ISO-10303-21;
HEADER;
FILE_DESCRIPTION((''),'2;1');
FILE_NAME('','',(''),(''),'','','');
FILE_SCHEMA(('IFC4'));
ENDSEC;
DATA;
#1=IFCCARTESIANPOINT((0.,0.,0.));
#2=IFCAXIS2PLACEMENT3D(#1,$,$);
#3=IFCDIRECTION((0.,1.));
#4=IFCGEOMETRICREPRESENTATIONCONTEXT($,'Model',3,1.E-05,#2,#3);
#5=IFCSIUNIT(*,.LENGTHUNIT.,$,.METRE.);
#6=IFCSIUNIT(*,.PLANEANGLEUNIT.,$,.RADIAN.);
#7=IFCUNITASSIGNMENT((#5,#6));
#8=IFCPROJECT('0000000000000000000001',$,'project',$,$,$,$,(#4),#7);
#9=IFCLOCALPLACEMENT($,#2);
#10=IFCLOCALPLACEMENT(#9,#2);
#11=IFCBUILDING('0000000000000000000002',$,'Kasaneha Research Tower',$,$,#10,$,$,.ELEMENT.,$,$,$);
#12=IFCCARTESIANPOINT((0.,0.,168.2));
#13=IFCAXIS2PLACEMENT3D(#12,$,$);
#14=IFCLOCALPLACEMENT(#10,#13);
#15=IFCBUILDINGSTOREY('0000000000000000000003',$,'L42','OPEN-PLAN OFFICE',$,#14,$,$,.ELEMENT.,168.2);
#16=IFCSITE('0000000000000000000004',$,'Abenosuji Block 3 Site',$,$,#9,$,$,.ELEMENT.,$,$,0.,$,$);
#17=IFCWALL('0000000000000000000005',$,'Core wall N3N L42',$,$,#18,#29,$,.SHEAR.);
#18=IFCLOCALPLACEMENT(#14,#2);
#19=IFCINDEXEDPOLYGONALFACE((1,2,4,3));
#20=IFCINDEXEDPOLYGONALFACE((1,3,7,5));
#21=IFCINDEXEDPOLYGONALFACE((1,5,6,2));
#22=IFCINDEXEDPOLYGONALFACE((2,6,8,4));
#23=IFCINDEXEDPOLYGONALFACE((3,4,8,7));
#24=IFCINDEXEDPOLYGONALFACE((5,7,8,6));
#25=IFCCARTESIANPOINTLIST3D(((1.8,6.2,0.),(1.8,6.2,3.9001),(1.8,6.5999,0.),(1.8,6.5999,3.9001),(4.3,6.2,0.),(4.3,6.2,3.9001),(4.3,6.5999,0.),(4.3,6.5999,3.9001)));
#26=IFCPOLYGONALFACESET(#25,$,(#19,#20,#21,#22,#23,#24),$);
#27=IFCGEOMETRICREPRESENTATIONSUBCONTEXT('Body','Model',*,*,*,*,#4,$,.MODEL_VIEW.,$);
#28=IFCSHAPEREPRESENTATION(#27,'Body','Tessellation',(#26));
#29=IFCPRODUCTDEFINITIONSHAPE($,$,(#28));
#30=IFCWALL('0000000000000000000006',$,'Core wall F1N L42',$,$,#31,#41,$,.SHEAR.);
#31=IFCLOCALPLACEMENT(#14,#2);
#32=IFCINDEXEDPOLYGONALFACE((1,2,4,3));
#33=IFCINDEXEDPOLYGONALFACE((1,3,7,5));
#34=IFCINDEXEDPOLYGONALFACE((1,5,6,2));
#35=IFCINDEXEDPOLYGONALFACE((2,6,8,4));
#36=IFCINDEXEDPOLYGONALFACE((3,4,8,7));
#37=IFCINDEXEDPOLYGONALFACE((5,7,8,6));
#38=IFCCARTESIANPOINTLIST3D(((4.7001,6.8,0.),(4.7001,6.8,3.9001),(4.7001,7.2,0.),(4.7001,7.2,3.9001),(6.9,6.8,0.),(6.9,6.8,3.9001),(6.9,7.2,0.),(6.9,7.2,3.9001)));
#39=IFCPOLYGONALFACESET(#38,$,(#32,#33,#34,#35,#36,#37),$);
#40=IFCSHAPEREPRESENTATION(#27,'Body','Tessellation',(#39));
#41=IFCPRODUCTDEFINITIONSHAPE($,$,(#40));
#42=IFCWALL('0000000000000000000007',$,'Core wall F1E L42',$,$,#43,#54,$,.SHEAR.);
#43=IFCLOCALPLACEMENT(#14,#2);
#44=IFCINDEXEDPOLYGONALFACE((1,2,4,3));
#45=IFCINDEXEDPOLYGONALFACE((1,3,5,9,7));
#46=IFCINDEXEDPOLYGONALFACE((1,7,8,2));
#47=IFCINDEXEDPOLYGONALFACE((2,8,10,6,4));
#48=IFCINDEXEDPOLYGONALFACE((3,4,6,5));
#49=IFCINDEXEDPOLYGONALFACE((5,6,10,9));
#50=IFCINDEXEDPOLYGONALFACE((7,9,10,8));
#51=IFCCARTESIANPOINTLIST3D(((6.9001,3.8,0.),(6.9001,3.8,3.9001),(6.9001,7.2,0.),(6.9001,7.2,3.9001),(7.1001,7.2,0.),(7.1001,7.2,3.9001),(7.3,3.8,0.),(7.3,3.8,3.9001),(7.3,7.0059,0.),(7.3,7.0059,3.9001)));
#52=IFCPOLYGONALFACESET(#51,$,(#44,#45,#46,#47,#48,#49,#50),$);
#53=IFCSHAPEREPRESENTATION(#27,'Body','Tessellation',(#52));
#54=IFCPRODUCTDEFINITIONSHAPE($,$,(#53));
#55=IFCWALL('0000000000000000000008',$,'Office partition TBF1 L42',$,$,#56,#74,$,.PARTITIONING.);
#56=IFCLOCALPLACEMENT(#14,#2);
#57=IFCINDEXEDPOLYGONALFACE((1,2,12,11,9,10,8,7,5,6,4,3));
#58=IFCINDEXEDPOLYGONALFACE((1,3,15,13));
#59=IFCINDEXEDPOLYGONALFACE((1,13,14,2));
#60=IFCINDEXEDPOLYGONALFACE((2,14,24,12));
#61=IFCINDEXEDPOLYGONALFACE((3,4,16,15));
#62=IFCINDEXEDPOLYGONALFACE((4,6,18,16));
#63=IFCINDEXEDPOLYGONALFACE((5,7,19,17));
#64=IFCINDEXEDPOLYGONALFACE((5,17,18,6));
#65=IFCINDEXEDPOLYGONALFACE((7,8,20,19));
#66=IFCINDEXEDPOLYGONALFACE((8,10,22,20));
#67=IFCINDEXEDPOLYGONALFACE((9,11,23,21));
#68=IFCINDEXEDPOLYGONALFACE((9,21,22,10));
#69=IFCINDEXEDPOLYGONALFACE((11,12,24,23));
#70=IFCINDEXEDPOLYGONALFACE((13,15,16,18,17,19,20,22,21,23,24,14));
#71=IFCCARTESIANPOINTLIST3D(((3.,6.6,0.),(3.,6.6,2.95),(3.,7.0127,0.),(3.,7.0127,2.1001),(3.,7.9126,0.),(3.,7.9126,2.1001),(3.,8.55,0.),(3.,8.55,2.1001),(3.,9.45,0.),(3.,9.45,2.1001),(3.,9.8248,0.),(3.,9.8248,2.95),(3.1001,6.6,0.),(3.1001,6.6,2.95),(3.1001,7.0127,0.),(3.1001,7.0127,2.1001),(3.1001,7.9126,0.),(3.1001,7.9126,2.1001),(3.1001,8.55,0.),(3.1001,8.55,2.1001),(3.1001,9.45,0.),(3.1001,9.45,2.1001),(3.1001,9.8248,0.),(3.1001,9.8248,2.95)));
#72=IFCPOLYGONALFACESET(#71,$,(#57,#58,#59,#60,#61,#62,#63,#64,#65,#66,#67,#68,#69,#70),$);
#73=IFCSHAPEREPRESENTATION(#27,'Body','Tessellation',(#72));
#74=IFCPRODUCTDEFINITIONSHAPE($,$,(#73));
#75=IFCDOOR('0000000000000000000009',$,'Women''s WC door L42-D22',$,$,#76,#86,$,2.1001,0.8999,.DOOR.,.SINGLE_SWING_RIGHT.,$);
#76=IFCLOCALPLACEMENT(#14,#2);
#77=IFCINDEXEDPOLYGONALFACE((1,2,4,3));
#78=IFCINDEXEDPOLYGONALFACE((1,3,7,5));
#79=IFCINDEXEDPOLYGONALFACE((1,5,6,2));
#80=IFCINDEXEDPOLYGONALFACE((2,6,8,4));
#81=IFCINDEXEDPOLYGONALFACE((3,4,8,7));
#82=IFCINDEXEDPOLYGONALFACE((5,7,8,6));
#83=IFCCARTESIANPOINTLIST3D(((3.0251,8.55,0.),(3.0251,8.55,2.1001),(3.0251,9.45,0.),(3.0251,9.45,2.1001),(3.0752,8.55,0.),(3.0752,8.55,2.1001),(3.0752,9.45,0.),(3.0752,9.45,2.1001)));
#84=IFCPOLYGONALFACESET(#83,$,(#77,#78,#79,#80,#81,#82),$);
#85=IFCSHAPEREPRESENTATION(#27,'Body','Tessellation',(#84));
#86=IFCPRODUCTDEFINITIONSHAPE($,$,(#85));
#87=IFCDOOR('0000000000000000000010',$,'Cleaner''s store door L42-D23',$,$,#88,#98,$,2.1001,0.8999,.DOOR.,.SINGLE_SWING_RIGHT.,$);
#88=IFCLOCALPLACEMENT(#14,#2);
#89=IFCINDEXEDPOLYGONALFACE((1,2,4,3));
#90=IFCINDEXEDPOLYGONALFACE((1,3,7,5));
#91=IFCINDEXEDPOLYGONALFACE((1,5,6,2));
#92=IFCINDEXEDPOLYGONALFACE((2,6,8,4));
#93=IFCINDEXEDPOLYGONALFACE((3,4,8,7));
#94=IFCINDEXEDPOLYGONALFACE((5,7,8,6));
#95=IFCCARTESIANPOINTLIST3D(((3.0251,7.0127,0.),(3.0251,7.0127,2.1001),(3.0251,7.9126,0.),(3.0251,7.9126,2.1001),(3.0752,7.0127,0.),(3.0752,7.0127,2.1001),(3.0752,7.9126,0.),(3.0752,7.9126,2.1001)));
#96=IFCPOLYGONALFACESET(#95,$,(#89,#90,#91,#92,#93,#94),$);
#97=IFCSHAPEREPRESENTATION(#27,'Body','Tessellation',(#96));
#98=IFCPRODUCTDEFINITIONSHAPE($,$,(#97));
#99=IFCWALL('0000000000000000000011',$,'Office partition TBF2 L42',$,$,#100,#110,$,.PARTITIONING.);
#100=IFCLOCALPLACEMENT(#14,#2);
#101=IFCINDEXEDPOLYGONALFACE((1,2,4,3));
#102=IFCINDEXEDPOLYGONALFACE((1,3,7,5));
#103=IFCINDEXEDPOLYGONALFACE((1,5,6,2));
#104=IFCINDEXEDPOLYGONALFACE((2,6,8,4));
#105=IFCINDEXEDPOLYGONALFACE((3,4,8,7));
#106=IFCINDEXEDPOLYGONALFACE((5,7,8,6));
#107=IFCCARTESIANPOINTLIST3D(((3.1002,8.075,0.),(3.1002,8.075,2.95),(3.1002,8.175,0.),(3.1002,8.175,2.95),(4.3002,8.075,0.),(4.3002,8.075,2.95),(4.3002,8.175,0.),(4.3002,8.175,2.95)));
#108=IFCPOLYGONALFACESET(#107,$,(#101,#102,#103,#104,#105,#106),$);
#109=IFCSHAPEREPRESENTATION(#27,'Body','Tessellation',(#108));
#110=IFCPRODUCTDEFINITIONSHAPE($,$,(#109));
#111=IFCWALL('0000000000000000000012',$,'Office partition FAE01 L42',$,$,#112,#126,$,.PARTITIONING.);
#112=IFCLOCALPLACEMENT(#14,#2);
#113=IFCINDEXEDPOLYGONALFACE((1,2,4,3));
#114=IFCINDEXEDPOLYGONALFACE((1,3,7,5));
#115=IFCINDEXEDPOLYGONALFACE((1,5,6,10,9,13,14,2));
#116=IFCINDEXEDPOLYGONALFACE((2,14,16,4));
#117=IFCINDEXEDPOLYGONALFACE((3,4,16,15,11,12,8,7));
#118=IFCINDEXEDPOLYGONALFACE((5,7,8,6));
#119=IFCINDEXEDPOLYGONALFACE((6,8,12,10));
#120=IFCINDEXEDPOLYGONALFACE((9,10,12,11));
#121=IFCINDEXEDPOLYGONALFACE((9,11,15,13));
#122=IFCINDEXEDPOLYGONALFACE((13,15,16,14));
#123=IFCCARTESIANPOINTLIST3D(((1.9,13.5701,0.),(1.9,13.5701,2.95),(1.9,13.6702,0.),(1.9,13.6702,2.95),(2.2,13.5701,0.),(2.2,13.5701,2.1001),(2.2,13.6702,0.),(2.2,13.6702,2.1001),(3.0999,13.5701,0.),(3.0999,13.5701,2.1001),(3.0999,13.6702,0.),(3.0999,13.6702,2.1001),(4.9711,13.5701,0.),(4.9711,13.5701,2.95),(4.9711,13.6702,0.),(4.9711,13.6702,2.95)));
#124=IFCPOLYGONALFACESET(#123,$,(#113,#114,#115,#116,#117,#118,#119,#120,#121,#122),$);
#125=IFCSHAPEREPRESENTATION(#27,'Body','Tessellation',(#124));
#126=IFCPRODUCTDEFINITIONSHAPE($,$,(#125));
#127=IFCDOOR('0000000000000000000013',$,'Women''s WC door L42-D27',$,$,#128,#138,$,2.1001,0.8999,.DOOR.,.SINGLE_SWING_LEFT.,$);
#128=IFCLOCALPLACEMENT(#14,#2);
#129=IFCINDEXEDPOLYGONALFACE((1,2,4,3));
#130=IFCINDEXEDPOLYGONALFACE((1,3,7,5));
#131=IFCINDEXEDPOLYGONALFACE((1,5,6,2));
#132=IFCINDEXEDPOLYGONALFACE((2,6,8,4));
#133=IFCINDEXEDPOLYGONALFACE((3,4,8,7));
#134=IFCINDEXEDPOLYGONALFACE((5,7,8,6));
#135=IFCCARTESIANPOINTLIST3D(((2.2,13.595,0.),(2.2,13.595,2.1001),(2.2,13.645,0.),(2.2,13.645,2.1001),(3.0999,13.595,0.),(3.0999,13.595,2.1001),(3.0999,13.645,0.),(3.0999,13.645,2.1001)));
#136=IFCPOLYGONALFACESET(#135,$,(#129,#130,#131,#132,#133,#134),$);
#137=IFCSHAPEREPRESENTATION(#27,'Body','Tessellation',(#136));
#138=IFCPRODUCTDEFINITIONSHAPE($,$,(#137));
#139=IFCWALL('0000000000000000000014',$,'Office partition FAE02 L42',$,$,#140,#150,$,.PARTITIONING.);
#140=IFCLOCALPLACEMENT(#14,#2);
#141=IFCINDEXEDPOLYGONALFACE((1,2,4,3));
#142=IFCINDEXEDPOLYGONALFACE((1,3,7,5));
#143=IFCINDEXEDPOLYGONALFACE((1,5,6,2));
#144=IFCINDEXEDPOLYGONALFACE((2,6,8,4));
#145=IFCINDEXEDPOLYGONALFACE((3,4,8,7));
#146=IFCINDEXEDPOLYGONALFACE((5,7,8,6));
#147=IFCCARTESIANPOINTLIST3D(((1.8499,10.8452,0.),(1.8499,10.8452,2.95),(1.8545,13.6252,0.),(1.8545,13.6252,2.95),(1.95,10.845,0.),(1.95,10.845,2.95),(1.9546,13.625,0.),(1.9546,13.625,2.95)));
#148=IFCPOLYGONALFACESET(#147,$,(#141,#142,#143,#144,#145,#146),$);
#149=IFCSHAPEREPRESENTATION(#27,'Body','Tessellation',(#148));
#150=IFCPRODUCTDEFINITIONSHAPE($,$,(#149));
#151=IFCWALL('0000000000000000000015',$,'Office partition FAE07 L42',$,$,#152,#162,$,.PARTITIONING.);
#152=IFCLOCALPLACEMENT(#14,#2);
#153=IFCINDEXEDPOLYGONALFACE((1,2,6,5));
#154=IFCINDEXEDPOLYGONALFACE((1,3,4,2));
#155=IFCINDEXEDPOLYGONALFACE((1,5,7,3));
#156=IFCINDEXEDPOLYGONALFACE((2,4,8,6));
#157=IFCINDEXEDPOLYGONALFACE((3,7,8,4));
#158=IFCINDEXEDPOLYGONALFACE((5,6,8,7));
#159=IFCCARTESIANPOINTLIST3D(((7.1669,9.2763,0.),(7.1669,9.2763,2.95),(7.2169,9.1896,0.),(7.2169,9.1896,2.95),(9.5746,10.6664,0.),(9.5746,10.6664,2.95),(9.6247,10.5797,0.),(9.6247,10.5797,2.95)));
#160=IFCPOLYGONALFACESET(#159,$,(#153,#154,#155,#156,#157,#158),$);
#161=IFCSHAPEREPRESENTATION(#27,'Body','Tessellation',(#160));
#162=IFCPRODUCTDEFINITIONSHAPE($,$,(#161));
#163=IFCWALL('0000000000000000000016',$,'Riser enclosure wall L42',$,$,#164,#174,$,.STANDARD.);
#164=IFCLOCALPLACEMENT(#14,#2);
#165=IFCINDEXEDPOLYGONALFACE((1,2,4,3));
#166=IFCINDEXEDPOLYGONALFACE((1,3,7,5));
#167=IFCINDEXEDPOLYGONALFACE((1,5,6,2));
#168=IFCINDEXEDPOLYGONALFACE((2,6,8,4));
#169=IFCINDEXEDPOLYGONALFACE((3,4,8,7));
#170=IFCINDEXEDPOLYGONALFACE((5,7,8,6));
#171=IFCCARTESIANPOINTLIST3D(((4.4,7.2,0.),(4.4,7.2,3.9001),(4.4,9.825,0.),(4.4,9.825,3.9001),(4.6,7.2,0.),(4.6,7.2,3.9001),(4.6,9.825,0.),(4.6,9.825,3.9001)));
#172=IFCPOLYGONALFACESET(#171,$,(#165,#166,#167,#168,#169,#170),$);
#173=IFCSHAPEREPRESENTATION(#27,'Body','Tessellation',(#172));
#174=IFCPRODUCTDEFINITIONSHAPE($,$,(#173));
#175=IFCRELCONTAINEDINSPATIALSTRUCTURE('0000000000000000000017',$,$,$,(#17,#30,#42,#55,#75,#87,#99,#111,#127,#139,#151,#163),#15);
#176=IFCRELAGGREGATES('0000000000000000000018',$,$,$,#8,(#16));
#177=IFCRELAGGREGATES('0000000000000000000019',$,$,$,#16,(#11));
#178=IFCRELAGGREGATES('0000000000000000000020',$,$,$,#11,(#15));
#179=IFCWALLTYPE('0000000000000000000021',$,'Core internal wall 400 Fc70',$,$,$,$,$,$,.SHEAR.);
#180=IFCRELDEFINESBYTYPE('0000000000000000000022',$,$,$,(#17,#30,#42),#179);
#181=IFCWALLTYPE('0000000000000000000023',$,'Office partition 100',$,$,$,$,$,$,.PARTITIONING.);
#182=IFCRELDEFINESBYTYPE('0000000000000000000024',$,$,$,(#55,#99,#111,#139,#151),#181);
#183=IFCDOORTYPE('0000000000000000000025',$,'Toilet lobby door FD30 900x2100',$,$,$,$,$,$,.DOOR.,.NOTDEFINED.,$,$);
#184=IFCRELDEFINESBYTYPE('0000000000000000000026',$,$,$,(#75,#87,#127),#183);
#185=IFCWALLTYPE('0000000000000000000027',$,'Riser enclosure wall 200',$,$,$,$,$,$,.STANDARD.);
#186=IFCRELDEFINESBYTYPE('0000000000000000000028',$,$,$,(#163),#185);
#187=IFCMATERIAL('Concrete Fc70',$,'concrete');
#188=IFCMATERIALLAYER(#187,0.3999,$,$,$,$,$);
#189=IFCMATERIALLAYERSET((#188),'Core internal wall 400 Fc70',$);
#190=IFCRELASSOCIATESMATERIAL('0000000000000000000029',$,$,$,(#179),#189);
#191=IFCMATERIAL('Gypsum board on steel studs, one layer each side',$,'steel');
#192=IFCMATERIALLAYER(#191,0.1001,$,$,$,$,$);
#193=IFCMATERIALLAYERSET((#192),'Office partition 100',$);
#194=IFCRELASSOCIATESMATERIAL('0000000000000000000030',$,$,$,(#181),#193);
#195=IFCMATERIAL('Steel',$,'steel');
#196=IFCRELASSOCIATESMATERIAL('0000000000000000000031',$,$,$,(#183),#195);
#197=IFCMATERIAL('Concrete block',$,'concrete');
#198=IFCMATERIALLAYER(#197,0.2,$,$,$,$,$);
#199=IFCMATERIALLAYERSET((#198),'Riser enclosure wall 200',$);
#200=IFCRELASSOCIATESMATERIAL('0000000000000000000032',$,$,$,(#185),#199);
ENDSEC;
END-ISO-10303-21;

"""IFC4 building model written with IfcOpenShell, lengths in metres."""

from ifc_helpers import new_model, si_unit, direction, frame, frame_2d, origin, place, context, subcontext, project, spatial, polyline, rectangle, outline, extrude, material, layer, layer_set, type_object, element, fill, save


model = new_model("IFC4")

# Units and contexts
model_context = context("Model", 3, precision=1e-05, world=origin(), true_north=direction((0.0, 1.0)))
body_context = subcontext(model_context, "Body", "Model", "MODEL_VIEW")
ifc_project = project(units=[si_unit("LENGTHUNIT", "METRE"), si_unit("PLANEANGLEUNIT", "RADIAN")], contexts=[model_context])

# Site, building, storey
site_placement = place(None, origin())
site = spatial("IfcSite", under=ifc_project, at=site_placement, Name="Abenosuji Block 3 Site", CompositionType="ELEMENT", RefElevation=0.0)
building_placement = place(site_placement, origin())
building = spatial("IfcBuilding", under=site, at=building_placement, Name="Kasaneha Research Tower", CompositionType="ELEMENT")
storey_placement = place(building_placement, frame((0.0, 0.0, 168.2)))
storey = spatial("IfcBuildingStorey", under=building, at=storey_placement, Name="L42", Description="OPEN-PLAN OFFICE", CompositionType="ELEMENT", Elevation=168.2)

# Shared definitions
ifc_material_1 = material(Name="Concrete Fc70", Category="concrete")
ifc_layer_1 = layer(ifc_material_1, 0.3999)
ifc_layer_set_1 = layer_set([ifc_layer_1], Name="Core internal wall 400 Fc70")
wall_type_1 = type_object("IfcWallType", Name="Core internal wall 400 Fc70", PredefinedType="SHEAR", material=ifc_layer_set_1)

# Walls
wall_1_placement = place(storey_placement, frame((1.8, 6.3999, 0.0), z_axis=(0.0, 0.0, 1.0), x_axis=(1.0, 0.0, 0.0)))
element("IfcWall", 1, at=wall_1_placement, inside=storey, type_object=wall_type_1, Name="Core wall N3N L42", PredefinedType="SHEAR", context=body_context, shape_type="SweptSolid", body=[
    extrude(rectangle(XDim=2.5, YDim=0.3999, at=frame_2d((1.25, 0.0))), origin(), (0.0, 0.0, 1.0), 3.9001),
])
wall_2_placement = place(storey_placement, frame((4.7, 7.0, 0.0), z_axis=(0.0, 0.0, 1.0), x_axis=(1.0, 0.0, 0.0)))
element("IfcWall", 2, at=wall_2_placement, inside=storey, type_object=wall_type_1, Name="Core wall F1N L42", PredefinedType="SHEAR", context=body_context, shape_type="SweptSolid", body=[
    extrude(rectangle(XDim=2.2, YDim=0.3999, at=frame_2d((1.1001, 0.0))), origin(), (0.0, 0.0, 1.0), 3.9001),
])
wall_3_placement = place(storey_placement, frame((7.1001, 3.8, 0.0), z_axis=(0.0, 0.0, 1.0), x_axis=(0.0, 1.0, 0.0)))
element("IfcWall", 3, at=wall_3_placement, inside=storey, type_object=wall_type_1, Name="Core wall F1E L42", PredefinedType="SHEAR", context=body_context, shape_type="SweptSolid", body=[
    extrude(outline(polyline([(0.0, -0.2), (3.2058, -0.2), (3.3999, 0.0), (3.3999, 0.2), (0.0, 0.2), (0.0, -0.2)])), origin(), (0.0, 0.0, 1.0), 3.9001),
])

# Wall, openings, doors
ifc_material_2 = material(Name="Gypsum board on steel studs, one layer each side", Category="steel")
ifc_layer_2 = layer(ifc_material_2, 0.1001)
ifc_layer_set_2 = layer_set([ifc_layer_2], Name="Office partition 100")
wall_type_2 = type_object("IfcWallType", Name="Office partition 100", PredefinedType="PARTITIONING", material=ifc_layer_set_2)
wall_4_placement = place(storey_placement, frame((3.05, 6.6001, 0.0), z_axis=(0.0, 0.0, 1.0), x_axis=(0.0, 1.0, 0.0)))
wall_4 = element("IfcWall", 4, at=wall_4_placement, inside=storey, type_object=wall_type_2, Name="Office partition TBF1 L42", PredefinedType="PARTITIONING", context=body_context, shape_type="SweptSolid", body=[
    extrude(rectangle(XDim=3.2249, YDim=0.1001, at=frame_2d((1.6123, 0.0))), origin(), (0.0, 0.0, 1.0), 2.95),
])
opening_1_placement = place(wall_4_placement, frame((1.95, 0.0, 0.0)))
opening_1 = element("IfcOpeningElement", 5, at=opening_1_placement, cuts=wall_4, PredefinedType="OPENING", context=body_context, shape_type="SweptSolid", body=[
    extrude(rectangle(XDim=0.8999, YDim=2.1001, at=frame_2d((0.45, 1.05))), frame((0.0, 0.0601, 0.0), z_axis=(0.0, -1.0, 0.0), x_axis=(1.0, 0.0, 0.0)), (0.0, 0.0, 1.0), 0.1201),
])
opening_2_placement = place(wall_4_placement, frame((0.4126, 0.0, 0.0)))
opening_2 = element("IfcOpeningElement", 6, at=opening_2_placement, cuts=wall_4, PredefinedType="OPENING", context=body_context, shape_type="SweptSolid", body=[
    extrude(rectangle(XDim=0.8999, YDim=2.1001, at=frame_2d((0.45, 1.05))), frame((0.0, 0.0601, 0.0), z_axis=(0.0, -1.0, 0.0), x_axis=(1.0, 0.0, 0.0)), (0.0, 0.0, 1.0), 0.1201),
])
ifc_material_3 = material(Name="Steel", Category="steel")
door_type_1 = type_object("IfcDoorType", Name="Toilet lobby door FD30 900x2100", OperationType="NOTDEFINED", PredefinedType="DOOR", material=ifc_material_3)
door_1_placement = place(opening_1_placement, origin())
door_1 = element("IfcDoor", 7, at=door_1_placement, inside=storey, type_object=door_type_1, Name="Women's WC door L42-D22", OperationType="SINGLE_SWING_RIGHT", OverallHeight=2.1001, OverallWidth=0.8999, PredefinedType="DOOR", context=body_context, shape_type="SweptSolid", body=[
    extrude(rectangle(XDim=0.8999, YDim=2.1001, at=frame_2d((0.45, 1.05))), frame((0.0, 0.0249, 0.0), z_axis=(0.0, -1.0, 0.0), x_axis=(1.0, 0.0, 0.0)), (0.0, 0.0, 1.0), 0.05),
])
fill(opening_1, door_1)
door_2_placement = place(opening_2_placement, origin())
door_2 = element("IfcDoor", 8, at=door_2_placement, inside=storey, type_object=door_type_1, Name="Cleaner's store door L42-D23", OperationType="SINGLE_SWING_RIGHT", OverallHeight=2.1001, OverallWidth=0.8999, PredefinedType="DOOR", context=body_context, shape_type="SweptSolid", body=[
    extrude(rectangle(XDim=0.8999, YDim=2.1001, at=frame_2d((0.45, 1.05))), frame((0.0, 0.0249, 0.0), z_axis=(0.0, -1.0, 0.0), x_axis=(1.0, 0.0, 0.0)), (0.0, 0.0, 1.0), 0.05),
])
fill(opening_2, door_2)

# Wall
wall_5_placement = place(storey_placement, frame((3.1001, 8.125, 0.0), z_axis=(0.0, 0.0, 1.0), x_axis=(1.0, 0.0, 0.0)))
element("IfcWall", 9, at=wall_5_placement, inside=storey, type_object=wall_type_2, Name="Office partition TBF2 L42", PredefinedType="PARTITIONING", context=body_context, shape_type="SweptSolid", body=[
    extrude(rectangle(XDim=1.2, YDim=0.1001, at=frame_2d((0.6001, 0.0))), origin(), (0.0, 0.0, 1.0), 2.95),
])

# Wall, opening, door
wall_6_placement = place(storey_placement, frame((1.8999, 13.6201, 0.0), z_axis=(0.0, 0.0, 1.0), x_axis=(1.0, 0.0, 0.0)))
wall_6 = element("IfcWall", 10, at=wall_6_placement, inside=storey, type_object=wall_type_2, Name="Office partition FAE01 L42", PredefinedType="PARTITIONING", context=body_context, shape_type="SweptSolid", body=[
    extrude(rectangle(XDim=3.071, YDim=0.1001, at=frame_2d((1.5356, 0.0))), origin(), (0.0, 0.0, 1.0), 2.95),
])
opening_3_placement = place(wall_6_placement, frame((0.3, 0.0, 0.0)))
opening_3 = element("IfcOpeningElement", 11, at=opening_3_placement, cuts=wall_6, PredefinedType="OPENING", context=body_context, shape_type="SweptSolid", body=[
    extrude(rectangle(XDim=0.8999, YDim=2.1001, at=frame_2d((0.45, 1.05))), frame((0.0, 0.0601, 0.0), z_axis=(0.0, -1.0, 0.0), x_axis=(1.0, 0.0, 0.0)), (0.0, 0.0, 1.0), 0.1201),
])
door_3_placement = place(opening_3_placement, origin())
door_3 = element("IfcDoor", 12, at=door_3_placement, inside=storey, type_object=door_type_1, Name="Women's WC door L42-D27", OperationType="SINGLE_SWING_LEFT", OverallHeight=2.1001, OverallWidth=0.8999, PredefinedType="DOOR", context=body_context, shape_type="SweptSolid", body=[
    extrude(rectangle(XDim=0.8999, YDim=2.1001, at=frame_2d((0.45, 1.05))), frame((0.0, 0.0249, 0.0), z_axis=(0.0, -1.0, 0.0), x_axis=(1.0, 0.0, 0.0)), (0.0, 0.0, 1.0), 0.05),
])
fill(opening_3, door_3)

# Walls
wall_7_placement = place(storey_placement, frame((1.8999, 10.845, 0.0), z_axis=(0.0, 0.0, 1.0), x_axis=(0.001669, 0.999999, 0.0)))
element("IfcWall", 13, at=wall_7_placement, inside=storey, type_object=wall_type_2, Name="Office partition FAE02 L42", PredefinedType="PARTITIONING", context=body_context, shape_type="SweptSolid", body=[
    extrude(rectangle(XDim=2.78, YDim=0.1001, at=frame_2d((1.3901, 0.0))), origin(), (0.0, 0.0, 1.0), 2.95),
])
wall_8_placement = place(storey_placement, frame((7.1919, 9.2329, 0.0), z_axis=(0.0, 0.0, 1.0), x_axis=(0.866019, 0.500011, 0.0)))
element("IfcWall", 14, at=wall_8_placement, inside=storey, type_object=wall_type_2, Name="Office partition FAE07 L42", PredefinedType="PARTITIONING", context=body_context, shape_type="SweptSolid", body=[
    extrude(rectangle(XDim=2.7803, YDim=0.1001, at=frame_2d((1.3901, 0.0))), origin(), (0.0, 0.0, 1.0), 2.95),
])
ifc_material_4 = material(Name="Concrete block", Category="concrete")
ifc_layer_3 = layer(ifc_material_4, 0.2)
ifc_layer_set_3 = layer_set([ifc_layer_3], Name="Riser enclosure wall 200")
wall_type_3 = type_object("IfcWallType", Name="Riser enclosure wall 200", PredefinedType="STANDARD", material=ifc_layer_set_3)
wall_9_placement = place(storey_placement, frame((4.5, 7.2, 0.0), z_axis=(0.0, 0.0, 1.0), x_axis=(0.0, 1.0, 0.0)))
element("IfcWall", 15, at=wall_9_placement, inside=storey, type_object=wall_type_3, Name="Riser enclosure wall L42", PredefinedType="STANDARD", context=body_context, shape_type="SweptSolid", body=[
    extrude(rectangle(XDim=2.625, YDim=0.2, at=frame_2d((1.3125, 0.0))), origin(), (0.0, 0.0, 1.0), 3.9001),
])

save(model, "model.ifc")
